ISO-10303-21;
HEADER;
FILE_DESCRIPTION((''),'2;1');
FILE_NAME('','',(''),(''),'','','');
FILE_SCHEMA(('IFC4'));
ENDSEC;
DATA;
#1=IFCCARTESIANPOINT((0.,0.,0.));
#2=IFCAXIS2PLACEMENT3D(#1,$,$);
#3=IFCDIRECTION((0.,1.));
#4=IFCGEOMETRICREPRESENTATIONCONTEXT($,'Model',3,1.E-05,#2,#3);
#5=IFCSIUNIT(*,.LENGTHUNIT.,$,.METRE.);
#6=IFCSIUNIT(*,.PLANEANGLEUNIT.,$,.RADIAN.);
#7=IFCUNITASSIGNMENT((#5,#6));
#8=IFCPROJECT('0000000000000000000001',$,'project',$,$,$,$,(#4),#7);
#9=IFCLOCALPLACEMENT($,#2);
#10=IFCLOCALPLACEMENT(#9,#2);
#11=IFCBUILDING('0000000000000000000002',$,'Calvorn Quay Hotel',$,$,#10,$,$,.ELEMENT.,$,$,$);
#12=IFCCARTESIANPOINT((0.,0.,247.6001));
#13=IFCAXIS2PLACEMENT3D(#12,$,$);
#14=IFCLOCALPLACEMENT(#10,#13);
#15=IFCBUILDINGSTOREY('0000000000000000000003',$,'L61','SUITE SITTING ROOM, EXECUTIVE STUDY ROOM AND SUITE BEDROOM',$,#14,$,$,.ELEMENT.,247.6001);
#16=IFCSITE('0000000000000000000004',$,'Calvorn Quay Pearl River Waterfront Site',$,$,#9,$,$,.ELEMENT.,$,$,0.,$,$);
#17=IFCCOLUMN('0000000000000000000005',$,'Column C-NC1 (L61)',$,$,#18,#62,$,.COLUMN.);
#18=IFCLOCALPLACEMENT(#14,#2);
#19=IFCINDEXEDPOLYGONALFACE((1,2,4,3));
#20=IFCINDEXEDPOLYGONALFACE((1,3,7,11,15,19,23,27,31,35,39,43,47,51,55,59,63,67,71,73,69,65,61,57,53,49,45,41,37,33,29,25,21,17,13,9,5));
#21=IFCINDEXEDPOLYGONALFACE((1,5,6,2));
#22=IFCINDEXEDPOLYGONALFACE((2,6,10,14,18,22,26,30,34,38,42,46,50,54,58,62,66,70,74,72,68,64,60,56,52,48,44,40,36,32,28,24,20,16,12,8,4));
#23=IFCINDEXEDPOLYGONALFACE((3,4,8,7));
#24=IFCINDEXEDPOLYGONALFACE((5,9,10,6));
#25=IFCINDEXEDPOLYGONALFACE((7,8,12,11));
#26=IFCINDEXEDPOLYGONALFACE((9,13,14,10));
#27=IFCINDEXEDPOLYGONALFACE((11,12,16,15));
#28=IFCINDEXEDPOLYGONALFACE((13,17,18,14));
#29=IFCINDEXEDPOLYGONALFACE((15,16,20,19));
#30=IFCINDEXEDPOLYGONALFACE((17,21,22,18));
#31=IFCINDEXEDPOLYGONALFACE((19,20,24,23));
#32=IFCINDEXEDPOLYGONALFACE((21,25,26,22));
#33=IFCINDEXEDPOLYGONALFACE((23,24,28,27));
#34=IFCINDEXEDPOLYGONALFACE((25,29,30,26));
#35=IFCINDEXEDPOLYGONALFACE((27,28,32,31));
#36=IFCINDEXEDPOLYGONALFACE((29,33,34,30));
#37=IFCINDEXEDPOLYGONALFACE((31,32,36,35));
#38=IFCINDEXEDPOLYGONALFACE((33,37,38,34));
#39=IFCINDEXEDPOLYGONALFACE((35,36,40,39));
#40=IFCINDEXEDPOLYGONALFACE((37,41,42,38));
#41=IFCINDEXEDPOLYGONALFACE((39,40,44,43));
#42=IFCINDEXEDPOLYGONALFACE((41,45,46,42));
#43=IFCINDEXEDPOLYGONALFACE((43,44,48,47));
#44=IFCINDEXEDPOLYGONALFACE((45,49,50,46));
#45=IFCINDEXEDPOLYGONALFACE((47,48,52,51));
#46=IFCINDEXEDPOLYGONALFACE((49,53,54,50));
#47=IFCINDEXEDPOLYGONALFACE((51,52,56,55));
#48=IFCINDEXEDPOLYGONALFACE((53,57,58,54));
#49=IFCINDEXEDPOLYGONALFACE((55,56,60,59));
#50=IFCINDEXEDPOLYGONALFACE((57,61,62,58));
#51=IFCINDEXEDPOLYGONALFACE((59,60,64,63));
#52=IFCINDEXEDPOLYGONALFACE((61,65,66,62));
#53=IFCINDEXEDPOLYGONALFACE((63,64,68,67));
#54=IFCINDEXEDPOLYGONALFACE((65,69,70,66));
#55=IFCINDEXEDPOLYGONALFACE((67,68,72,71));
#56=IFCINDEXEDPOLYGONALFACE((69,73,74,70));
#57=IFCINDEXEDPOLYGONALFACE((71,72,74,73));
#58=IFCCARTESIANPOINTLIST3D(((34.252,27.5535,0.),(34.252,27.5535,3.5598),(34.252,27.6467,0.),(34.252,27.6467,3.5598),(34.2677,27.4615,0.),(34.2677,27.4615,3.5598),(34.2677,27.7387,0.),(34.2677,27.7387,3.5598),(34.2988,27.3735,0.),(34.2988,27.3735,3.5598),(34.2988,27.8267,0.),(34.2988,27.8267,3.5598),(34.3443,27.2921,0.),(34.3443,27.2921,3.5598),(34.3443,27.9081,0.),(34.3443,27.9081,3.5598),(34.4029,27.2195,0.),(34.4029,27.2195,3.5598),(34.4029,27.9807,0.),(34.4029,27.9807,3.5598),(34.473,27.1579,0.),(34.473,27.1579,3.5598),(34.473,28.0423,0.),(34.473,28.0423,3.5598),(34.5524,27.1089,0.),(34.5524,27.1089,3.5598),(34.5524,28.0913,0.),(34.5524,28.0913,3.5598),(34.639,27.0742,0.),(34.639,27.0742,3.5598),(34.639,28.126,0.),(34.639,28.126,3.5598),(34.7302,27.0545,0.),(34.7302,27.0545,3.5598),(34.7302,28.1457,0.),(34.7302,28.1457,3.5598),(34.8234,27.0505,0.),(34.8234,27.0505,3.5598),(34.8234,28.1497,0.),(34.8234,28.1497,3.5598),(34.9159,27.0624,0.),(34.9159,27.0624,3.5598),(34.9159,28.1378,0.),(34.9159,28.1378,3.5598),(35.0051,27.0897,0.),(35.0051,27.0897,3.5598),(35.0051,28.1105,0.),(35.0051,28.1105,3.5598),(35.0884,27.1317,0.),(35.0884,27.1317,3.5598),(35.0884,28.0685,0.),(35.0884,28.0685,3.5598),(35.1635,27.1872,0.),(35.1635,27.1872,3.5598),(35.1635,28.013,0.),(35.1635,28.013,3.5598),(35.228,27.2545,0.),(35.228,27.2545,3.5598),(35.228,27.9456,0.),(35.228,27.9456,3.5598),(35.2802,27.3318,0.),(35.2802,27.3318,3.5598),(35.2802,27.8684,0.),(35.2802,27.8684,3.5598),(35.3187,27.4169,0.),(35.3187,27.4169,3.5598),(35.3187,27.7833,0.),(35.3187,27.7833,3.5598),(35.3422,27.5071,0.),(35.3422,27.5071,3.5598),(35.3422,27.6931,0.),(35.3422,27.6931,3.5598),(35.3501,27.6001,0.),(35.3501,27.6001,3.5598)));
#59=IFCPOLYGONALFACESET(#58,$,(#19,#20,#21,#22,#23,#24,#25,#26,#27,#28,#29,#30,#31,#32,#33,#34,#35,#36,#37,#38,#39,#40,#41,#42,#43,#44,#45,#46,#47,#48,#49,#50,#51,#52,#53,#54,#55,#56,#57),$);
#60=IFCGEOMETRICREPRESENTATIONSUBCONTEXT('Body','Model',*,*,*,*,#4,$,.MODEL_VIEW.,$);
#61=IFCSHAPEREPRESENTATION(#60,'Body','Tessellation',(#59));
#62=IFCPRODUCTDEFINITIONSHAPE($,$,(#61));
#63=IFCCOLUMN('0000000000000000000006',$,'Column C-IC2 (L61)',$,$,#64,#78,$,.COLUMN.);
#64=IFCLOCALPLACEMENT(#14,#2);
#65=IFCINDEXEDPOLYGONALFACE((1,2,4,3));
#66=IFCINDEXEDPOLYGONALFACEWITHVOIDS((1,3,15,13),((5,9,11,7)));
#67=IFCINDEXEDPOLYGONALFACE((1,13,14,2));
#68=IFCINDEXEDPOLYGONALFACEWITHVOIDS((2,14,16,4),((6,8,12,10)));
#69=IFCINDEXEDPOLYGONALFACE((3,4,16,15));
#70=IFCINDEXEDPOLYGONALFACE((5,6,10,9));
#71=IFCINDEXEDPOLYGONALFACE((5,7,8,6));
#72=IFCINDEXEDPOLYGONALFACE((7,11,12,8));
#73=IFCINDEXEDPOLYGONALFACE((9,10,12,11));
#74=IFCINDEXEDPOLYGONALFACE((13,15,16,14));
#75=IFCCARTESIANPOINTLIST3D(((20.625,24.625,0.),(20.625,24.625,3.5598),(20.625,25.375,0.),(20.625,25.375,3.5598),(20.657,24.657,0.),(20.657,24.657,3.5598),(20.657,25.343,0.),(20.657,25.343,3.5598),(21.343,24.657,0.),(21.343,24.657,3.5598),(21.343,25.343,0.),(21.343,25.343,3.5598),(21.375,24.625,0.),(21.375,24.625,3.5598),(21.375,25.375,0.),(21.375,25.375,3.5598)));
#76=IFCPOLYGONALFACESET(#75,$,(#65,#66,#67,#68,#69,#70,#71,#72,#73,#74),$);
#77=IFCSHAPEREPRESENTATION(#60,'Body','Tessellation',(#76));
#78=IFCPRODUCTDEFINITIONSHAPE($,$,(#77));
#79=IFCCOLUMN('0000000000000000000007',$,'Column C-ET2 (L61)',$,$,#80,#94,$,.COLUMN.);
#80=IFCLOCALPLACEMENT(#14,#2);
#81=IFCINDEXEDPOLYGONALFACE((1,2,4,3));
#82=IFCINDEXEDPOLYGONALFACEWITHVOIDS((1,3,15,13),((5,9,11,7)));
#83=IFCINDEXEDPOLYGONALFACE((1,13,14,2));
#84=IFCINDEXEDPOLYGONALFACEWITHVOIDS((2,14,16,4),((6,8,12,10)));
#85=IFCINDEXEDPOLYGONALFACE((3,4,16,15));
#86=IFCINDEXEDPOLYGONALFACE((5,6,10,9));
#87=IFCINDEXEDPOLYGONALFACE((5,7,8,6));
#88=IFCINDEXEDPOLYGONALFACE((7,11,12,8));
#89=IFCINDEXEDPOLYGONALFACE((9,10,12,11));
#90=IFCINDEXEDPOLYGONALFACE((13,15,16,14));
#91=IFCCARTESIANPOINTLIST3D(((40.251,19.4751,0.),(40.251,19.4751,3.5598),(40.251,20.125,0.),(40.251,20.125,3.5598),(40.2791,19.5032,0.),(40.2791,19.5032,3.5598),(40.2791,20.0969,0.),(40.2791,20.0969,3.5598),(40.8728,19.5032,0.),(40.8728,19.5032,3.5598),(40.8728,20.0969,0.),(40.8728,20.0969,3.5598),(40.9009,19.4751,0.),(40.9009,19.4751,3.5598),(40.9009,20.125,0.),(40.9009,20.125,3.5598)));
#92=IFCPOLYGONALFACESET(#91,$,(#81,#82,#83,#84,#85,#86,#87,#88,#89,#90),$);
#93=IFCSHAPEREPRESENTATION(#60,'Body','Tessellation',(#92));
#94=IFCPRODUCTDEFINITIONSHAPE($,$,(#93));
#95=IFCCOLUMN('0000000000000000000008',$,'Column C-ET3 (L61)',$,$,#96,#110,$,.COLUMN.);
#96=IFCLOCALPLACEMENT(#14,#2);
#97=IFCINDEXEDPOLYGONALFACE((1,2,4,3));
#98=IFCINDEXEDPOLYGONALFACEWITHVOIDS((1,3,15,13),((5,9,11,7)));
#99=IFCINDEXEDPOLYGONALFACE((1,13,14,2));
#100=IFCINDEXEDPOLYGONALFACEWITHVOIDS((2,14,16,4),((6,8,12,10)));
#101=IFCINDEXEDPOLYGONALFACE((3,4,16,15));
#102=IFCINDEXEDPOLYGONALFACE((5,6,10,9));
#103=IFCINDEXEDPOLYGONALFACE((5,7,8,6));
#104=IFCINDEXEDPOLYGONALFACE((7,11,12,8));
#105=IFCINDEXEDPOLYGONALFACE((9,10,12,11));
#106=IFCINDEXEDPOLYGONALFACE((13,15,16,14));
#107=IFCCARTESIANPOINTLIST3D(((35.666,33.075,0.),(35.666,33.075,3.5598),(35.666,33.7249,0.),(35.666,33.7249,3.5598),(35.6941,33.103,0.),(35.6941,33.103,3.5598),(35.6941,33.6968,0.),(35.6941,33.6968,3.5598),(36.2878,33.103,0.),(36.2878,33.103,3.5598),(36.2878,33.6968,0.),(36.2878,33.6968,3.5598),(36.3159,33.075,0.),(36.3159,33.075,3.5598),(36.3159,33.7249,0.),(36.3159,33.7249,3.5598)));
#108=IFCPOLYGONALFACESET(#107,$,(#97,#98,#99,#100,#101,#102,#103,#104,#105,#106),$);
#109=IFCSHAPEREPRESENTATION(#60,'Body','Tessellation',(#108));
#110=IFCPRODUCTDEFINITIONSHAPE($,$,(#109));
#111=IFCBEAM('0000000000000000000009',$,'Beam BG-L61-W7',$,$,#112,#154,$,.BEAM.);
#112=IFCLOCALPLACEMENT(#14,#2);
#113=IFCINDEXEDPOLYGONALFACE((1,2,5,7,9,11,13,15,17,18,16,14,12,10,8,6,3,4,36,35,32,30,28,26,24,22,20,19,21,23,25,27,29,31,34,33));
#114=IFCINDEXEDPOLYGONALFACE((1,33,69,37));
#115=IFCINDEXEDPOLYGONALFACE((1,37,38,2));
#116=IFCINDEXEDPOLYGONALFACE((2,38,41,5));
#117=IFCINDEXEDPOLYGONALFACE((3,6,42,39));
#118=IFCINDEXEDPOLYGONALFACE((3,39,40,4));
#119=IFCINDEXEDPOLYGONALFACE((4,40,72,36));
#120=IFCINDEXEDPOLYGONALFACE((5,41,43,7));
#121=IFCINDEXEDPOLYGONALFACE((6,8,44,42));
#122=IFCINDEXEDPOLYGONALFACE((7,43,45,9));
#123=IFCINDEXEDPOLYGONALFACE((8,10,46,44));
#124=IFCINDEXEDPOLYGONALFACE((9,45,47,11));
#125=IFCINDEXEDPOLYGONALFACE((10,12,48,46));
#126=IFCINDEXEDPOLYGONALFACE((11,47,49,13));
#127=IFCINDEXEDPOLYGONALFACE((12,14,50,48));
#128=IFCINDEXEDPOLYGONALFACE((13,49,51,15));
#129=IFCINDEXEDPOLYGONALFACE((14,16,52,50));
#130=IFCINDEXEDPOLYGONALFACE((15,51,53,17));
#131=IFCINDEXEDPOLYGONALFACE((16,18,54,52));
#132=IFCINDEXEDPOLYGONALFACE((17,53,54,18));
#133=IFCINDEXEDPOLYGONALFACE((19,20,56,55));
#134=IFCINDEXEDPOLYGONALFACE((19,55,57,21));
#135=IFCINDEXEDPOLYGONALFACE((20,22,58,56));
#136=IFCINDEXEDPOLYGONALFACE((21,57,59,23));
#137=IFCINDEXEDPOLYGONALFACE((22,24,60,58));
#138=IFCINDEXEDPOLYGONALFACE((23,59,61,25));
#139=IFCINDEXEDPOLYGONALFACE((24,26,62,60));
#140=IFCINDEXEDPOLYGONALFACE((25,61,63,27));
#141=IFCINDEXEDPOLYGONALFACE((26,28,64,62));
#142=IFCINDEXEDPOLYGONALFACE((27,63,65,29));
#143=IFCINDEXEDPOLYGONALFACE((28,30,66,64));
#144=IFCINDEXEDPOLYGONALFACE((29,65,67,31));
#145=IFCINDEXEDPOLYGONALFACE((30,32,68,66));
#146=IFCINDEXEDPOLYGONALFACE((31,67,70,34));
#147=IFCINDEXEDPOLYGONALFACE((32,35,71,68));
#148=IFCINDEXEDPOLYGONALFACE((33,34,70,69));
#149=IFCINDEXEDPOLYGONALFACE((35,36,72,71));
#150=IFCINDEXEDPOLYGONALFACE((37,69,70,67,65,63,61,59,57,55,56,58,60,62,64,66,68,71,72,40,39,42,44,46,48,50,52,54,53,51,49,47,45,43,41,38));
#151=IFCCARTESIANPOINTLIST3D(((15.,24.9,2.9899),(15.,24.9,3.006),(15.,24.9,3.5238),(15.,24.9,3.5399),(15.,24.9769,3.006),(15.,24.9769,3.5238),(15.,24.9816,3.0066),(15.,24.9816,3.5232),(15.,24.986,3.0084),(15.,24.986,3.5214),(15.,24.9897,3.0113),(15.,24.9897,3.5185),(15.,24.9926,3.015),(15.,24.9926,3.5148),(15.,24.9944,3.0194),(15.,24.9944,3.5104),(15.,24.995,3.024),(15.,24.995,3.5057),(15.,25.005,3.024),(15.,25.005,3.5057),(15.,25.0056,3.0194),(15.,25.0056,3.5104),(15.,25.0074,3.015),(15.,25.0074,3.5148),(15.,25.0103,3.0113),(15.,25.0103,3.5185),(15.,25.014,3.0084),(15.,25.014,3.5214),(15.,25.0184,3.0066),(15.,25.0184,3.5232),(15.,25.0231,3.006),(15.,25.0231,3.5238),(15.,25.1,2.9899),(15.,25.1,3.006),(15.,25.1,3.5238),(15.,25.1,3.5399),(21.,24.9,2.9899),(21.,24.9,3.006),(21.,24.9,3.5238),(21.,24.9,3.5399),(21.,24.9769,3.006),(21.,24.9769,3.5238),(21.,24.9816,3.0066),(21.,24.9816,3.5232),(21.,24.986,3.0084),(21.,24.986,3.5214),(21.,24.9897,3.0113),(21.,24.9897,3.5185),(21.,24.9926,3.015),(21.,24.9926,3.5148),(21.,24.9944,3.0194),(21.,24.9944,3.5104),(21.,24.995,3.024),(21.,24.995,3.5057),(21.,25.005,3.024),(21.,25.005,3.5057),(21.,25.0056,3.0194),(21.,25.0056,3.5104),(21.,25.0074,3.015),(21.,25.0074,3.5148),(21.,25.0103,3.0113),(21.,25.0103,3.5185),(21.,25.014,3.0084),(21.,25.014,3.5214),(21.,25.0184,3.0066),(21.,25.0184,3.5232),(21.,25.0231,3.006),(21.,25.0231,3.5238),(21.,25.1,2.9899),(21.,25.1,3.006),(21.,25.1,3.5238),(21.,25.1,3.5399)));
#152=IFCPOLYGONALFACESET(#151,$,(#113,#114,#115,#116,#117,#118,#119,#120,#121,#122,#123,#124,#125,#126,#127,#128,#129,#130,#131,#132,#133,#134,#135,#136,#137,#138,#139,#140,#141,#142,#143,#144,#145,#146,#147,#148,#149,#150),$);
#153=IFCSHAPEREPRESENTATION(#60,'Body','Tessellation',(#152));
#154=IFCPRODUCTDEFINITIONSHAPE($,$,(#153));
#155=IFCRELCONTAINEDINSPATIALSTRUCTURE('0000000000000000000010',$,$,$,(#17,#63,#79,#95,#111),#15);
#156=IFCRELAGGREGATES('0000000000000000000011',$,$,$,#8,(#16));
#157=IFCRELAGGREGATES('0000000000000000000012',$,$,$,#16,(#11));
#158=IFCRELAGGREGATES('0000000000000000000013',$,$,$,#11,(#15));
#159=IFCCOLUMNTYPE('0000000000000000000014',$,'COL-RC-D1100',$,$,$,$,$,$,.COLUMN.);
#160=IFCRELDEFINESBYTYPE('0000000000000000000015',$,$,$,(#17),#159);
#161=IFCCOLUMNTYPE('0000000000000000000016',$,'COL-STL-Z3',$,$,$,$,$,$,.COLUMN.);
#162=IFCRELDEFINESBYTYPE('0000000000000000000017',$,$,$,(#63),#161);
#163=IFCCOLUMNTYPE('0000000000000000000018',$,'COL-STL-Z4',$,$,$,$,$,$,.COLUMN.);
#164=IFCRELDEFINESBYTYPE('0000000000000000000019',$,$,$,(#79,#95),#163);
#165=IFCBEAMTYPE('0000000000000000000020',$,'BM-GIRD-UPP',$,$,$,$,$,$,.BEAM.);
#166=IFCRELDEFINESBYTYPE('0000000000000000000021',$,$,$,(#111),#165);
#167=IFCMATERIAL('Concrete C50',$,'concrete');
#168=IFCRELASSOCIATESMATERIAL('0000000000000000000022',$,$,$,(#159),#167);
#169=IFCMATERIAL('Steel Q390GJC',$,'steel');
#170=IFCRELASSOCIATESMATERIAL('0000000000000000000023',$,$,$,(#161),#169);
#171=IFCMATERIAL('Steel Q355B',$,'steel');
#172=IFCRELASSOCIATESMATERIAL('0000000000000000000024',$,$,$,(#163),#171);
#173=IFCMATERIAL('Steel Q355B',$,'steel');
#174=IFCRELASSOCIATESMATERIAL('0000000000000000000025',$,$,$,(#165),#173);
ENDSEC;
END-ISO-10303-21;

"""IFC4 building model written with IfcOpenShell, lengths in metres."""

from ifc_helpers import new_model, si_unit, direction, frame, origin, origin_2d, place, context, subcontext, project, spatial, hollow_rectangle, circle, i_section, extrude, material, material_profile, profile_set, type_object, element, save


model = new_model("IFC4")

# Units and contexts
model_context = context("Model", 3, precision=1e-05, world=origin(), true_north=direction((0.0, 1.0)))
body_context = subcontext(model_context, "Body", "Model", "MODEL_VIEW")
ifc_project = project(units=[si_unit("LENGTHUNIT", "METRE"), si_unit("PLANEANGLEUNIT", "RADIAN")], contexts=[model_context])

# Site, building, storey
site_placement = place(None, origin())
site = spatial("IfcSite", under=ifc_project, at=site_placement, Name="Calvorn Quay Pearl River Waterfront Site", CompositionType="ELEMENT", RefElevation=0.0)
building_placement = place(site_placement, origin())
building = spatial("IfcBuilding", under=site, at=building_placement, Name="Calvorn Quay Hotel", CompositionType="ELEMENT")
storey_placement = place(building_placement, frame((0.0, 0.0, 247.6001)))
storey = spatial("IfcBuildingStorey", under=building, at=storey_placement, Name="L61", Description="SUITE SITTING ROOM, EXECUTIVE STUDY ROOM AND SUITE BEDROOM", CompositionType="ELEMENT", Elevation=247.6001)

# Columns
ifc_material_1 = material(Name="Concrete C50", Category="concrete")
ifc_material_profile_1 = material_profile(ifc_material_1, circle(Radius=0.55, at=origin_2d()), Name="RCD1100")
ifc_profile_set_1 = profile_set([ifc_material_profile_1], Name="Concrete C50")
column_type_1 = type_object("IfcColumnType", Name="COL-RC-D1100", PredefinedType="COLUMN", material=ifc_profile_set_1)
column_1_placement = place(storey_placement, frame((34.8, 27.6001, 0.0), z_axis=(0.0, 0.0, 1.0), x_axis=(1.0, 0.0, 0.0)))
element("IfcColumn", 1, at=column_1_placement, inside=storey, type_object=column_type_1, Name="Column C-NC1 (L61)", PredefinedType="COLUMN", context=body_context, shape_type="SweptSolid", body=[
    extrude(circle(Radius=0.55, at=origin_2d()), origin(), (0.0, 0.0, 1.0), 3.5598),
])
ifc_material_2 = material(Name="Steel Q390GJC", Category="steel")
ifc_material_profile_2 = material_profile(ifc_material_2, hollow_rectangle(XDim=0.75, YDim=0.75, WallThickness=0.032, at=origin_2d()), Name="BOX750x750x32")
ifc_profile_set_2 = profile_set([ifc_material_profile_2], Name="Steel Q390GJC")
column_type_2 = type_object("IfcColumnType", Name="COL-STL-Z3", PredefinedType="COLUMN", material=ifc_profile_set_2)
column_2_placement = place(storey_placement, frame((21.0, 25.0, 0.0), z_axis=(0.0, 0.0, 1.0), x_axis=(1.0, 0.0, 0.0)))
element("IfcColumn", 2, at=column_2_placement, inside=storey, type_object=column_type_2, Name="Column C-IC2 (L61)", PredefinedType="COLUMN", context=body_context, shape_type="SweptSolid", body=[
    extrude(hollow_rectangle(XDim=0.75, YDim=0.75, WallThickness=0.032, at=origin_2d()), origin(), (0.0, 0.0, 1.0), 3.5598),
])
ifc_material_3 = material(Name="Steel Q355B", Category="steel")
ifc_material_profile_3 = material_profile(ifc_material_3, hollow_rectangle(XDim=0.6499, YDim=0.6499, WallThickness=0.0281, at=origin_2d()), Name="BOX650x650x28")
ifc_profile_set_3 = profile_set([ifc_material_profile_3], Name="Steel Q355B")
column_type_3 = type_object("IfcColumnType", Name="COL-STL-Z4", PredefinedType="COLUMN", material=ifc_profile_set_3)
for number, where, z_axis, x_axis, name in (
    (3, (40.5759, 19.8, 0.0), (0.0, 0.0, 1.0), (1.0, 0.0, 0.0), "Column C-ET2 (L61)"),
    (4, (35.991, 33.3999, 0.0), (0.0, 0.0, 1.0), (1.0, 0.0, 0.0), "Column C-ET3 (L61)"),
):
    element("IfcColumn", number, at=place(storey_placement, frame(where, z_axis=z_axis, x_axis=x_axis)), inside=storey, type_object=column_type_3, Name=name, PredefinedType="COLUMN", context=body_context, shape_type="SweptSolid", body=[
        extrude(hollow_rectangle(XDim=0.6499, YDim=0.6499, WallThickness=0.0281, at=origin_2d()), origin(), (0.0, 0.0, 1.0), 3.5598),
    ])

# Beam
ifc_material_4 = material(Name="Steel Q355B", Category="steel")
ifc_material_profile_4 = material_profile(ifc_material_4, i_section(OverallWidth=0.2, OverallDepth=0.55, WebThickness=0.01, FlangeThickness=0.0161, FilletRadius=0.0181, at=origin_2d()), Name="HN550x200x10x16")
ifc_profile_set_4 = profile_set([ifc_material_profile_4], Name="Steel Q355B")
beam_type_1 = type_object("IfcBeamType", Name="BM-GIRD-UPP", PredefinedType="BEAM", material=ifc_profile_set_4)
beam_1_placement = place(storey_placement, frame((21.0, 25.0, 3.2649), z_axis=(-1.0, 0.0, 0.0), x_axis=(0.0, -1.0, 0.0)))
element("IfcBeam", 5, at=beam_1_placement, inside=storey, type_object=beam_type_1, Name="Beam BG-L61-W7", PredefinedType="BEAM", context=body_context, shape_type="SweptSolid", body=[
    extrude(i_section(OverallWidth=0.2, OverallDepth=0.55, WebThickness=0.01, FlangeThickness=0.0161, FilletRadius=0.0181, at=origin_2d()), origin(), (0.0, 0.0, 1.0), 6.0),
])

save(model, "model.ifc")
